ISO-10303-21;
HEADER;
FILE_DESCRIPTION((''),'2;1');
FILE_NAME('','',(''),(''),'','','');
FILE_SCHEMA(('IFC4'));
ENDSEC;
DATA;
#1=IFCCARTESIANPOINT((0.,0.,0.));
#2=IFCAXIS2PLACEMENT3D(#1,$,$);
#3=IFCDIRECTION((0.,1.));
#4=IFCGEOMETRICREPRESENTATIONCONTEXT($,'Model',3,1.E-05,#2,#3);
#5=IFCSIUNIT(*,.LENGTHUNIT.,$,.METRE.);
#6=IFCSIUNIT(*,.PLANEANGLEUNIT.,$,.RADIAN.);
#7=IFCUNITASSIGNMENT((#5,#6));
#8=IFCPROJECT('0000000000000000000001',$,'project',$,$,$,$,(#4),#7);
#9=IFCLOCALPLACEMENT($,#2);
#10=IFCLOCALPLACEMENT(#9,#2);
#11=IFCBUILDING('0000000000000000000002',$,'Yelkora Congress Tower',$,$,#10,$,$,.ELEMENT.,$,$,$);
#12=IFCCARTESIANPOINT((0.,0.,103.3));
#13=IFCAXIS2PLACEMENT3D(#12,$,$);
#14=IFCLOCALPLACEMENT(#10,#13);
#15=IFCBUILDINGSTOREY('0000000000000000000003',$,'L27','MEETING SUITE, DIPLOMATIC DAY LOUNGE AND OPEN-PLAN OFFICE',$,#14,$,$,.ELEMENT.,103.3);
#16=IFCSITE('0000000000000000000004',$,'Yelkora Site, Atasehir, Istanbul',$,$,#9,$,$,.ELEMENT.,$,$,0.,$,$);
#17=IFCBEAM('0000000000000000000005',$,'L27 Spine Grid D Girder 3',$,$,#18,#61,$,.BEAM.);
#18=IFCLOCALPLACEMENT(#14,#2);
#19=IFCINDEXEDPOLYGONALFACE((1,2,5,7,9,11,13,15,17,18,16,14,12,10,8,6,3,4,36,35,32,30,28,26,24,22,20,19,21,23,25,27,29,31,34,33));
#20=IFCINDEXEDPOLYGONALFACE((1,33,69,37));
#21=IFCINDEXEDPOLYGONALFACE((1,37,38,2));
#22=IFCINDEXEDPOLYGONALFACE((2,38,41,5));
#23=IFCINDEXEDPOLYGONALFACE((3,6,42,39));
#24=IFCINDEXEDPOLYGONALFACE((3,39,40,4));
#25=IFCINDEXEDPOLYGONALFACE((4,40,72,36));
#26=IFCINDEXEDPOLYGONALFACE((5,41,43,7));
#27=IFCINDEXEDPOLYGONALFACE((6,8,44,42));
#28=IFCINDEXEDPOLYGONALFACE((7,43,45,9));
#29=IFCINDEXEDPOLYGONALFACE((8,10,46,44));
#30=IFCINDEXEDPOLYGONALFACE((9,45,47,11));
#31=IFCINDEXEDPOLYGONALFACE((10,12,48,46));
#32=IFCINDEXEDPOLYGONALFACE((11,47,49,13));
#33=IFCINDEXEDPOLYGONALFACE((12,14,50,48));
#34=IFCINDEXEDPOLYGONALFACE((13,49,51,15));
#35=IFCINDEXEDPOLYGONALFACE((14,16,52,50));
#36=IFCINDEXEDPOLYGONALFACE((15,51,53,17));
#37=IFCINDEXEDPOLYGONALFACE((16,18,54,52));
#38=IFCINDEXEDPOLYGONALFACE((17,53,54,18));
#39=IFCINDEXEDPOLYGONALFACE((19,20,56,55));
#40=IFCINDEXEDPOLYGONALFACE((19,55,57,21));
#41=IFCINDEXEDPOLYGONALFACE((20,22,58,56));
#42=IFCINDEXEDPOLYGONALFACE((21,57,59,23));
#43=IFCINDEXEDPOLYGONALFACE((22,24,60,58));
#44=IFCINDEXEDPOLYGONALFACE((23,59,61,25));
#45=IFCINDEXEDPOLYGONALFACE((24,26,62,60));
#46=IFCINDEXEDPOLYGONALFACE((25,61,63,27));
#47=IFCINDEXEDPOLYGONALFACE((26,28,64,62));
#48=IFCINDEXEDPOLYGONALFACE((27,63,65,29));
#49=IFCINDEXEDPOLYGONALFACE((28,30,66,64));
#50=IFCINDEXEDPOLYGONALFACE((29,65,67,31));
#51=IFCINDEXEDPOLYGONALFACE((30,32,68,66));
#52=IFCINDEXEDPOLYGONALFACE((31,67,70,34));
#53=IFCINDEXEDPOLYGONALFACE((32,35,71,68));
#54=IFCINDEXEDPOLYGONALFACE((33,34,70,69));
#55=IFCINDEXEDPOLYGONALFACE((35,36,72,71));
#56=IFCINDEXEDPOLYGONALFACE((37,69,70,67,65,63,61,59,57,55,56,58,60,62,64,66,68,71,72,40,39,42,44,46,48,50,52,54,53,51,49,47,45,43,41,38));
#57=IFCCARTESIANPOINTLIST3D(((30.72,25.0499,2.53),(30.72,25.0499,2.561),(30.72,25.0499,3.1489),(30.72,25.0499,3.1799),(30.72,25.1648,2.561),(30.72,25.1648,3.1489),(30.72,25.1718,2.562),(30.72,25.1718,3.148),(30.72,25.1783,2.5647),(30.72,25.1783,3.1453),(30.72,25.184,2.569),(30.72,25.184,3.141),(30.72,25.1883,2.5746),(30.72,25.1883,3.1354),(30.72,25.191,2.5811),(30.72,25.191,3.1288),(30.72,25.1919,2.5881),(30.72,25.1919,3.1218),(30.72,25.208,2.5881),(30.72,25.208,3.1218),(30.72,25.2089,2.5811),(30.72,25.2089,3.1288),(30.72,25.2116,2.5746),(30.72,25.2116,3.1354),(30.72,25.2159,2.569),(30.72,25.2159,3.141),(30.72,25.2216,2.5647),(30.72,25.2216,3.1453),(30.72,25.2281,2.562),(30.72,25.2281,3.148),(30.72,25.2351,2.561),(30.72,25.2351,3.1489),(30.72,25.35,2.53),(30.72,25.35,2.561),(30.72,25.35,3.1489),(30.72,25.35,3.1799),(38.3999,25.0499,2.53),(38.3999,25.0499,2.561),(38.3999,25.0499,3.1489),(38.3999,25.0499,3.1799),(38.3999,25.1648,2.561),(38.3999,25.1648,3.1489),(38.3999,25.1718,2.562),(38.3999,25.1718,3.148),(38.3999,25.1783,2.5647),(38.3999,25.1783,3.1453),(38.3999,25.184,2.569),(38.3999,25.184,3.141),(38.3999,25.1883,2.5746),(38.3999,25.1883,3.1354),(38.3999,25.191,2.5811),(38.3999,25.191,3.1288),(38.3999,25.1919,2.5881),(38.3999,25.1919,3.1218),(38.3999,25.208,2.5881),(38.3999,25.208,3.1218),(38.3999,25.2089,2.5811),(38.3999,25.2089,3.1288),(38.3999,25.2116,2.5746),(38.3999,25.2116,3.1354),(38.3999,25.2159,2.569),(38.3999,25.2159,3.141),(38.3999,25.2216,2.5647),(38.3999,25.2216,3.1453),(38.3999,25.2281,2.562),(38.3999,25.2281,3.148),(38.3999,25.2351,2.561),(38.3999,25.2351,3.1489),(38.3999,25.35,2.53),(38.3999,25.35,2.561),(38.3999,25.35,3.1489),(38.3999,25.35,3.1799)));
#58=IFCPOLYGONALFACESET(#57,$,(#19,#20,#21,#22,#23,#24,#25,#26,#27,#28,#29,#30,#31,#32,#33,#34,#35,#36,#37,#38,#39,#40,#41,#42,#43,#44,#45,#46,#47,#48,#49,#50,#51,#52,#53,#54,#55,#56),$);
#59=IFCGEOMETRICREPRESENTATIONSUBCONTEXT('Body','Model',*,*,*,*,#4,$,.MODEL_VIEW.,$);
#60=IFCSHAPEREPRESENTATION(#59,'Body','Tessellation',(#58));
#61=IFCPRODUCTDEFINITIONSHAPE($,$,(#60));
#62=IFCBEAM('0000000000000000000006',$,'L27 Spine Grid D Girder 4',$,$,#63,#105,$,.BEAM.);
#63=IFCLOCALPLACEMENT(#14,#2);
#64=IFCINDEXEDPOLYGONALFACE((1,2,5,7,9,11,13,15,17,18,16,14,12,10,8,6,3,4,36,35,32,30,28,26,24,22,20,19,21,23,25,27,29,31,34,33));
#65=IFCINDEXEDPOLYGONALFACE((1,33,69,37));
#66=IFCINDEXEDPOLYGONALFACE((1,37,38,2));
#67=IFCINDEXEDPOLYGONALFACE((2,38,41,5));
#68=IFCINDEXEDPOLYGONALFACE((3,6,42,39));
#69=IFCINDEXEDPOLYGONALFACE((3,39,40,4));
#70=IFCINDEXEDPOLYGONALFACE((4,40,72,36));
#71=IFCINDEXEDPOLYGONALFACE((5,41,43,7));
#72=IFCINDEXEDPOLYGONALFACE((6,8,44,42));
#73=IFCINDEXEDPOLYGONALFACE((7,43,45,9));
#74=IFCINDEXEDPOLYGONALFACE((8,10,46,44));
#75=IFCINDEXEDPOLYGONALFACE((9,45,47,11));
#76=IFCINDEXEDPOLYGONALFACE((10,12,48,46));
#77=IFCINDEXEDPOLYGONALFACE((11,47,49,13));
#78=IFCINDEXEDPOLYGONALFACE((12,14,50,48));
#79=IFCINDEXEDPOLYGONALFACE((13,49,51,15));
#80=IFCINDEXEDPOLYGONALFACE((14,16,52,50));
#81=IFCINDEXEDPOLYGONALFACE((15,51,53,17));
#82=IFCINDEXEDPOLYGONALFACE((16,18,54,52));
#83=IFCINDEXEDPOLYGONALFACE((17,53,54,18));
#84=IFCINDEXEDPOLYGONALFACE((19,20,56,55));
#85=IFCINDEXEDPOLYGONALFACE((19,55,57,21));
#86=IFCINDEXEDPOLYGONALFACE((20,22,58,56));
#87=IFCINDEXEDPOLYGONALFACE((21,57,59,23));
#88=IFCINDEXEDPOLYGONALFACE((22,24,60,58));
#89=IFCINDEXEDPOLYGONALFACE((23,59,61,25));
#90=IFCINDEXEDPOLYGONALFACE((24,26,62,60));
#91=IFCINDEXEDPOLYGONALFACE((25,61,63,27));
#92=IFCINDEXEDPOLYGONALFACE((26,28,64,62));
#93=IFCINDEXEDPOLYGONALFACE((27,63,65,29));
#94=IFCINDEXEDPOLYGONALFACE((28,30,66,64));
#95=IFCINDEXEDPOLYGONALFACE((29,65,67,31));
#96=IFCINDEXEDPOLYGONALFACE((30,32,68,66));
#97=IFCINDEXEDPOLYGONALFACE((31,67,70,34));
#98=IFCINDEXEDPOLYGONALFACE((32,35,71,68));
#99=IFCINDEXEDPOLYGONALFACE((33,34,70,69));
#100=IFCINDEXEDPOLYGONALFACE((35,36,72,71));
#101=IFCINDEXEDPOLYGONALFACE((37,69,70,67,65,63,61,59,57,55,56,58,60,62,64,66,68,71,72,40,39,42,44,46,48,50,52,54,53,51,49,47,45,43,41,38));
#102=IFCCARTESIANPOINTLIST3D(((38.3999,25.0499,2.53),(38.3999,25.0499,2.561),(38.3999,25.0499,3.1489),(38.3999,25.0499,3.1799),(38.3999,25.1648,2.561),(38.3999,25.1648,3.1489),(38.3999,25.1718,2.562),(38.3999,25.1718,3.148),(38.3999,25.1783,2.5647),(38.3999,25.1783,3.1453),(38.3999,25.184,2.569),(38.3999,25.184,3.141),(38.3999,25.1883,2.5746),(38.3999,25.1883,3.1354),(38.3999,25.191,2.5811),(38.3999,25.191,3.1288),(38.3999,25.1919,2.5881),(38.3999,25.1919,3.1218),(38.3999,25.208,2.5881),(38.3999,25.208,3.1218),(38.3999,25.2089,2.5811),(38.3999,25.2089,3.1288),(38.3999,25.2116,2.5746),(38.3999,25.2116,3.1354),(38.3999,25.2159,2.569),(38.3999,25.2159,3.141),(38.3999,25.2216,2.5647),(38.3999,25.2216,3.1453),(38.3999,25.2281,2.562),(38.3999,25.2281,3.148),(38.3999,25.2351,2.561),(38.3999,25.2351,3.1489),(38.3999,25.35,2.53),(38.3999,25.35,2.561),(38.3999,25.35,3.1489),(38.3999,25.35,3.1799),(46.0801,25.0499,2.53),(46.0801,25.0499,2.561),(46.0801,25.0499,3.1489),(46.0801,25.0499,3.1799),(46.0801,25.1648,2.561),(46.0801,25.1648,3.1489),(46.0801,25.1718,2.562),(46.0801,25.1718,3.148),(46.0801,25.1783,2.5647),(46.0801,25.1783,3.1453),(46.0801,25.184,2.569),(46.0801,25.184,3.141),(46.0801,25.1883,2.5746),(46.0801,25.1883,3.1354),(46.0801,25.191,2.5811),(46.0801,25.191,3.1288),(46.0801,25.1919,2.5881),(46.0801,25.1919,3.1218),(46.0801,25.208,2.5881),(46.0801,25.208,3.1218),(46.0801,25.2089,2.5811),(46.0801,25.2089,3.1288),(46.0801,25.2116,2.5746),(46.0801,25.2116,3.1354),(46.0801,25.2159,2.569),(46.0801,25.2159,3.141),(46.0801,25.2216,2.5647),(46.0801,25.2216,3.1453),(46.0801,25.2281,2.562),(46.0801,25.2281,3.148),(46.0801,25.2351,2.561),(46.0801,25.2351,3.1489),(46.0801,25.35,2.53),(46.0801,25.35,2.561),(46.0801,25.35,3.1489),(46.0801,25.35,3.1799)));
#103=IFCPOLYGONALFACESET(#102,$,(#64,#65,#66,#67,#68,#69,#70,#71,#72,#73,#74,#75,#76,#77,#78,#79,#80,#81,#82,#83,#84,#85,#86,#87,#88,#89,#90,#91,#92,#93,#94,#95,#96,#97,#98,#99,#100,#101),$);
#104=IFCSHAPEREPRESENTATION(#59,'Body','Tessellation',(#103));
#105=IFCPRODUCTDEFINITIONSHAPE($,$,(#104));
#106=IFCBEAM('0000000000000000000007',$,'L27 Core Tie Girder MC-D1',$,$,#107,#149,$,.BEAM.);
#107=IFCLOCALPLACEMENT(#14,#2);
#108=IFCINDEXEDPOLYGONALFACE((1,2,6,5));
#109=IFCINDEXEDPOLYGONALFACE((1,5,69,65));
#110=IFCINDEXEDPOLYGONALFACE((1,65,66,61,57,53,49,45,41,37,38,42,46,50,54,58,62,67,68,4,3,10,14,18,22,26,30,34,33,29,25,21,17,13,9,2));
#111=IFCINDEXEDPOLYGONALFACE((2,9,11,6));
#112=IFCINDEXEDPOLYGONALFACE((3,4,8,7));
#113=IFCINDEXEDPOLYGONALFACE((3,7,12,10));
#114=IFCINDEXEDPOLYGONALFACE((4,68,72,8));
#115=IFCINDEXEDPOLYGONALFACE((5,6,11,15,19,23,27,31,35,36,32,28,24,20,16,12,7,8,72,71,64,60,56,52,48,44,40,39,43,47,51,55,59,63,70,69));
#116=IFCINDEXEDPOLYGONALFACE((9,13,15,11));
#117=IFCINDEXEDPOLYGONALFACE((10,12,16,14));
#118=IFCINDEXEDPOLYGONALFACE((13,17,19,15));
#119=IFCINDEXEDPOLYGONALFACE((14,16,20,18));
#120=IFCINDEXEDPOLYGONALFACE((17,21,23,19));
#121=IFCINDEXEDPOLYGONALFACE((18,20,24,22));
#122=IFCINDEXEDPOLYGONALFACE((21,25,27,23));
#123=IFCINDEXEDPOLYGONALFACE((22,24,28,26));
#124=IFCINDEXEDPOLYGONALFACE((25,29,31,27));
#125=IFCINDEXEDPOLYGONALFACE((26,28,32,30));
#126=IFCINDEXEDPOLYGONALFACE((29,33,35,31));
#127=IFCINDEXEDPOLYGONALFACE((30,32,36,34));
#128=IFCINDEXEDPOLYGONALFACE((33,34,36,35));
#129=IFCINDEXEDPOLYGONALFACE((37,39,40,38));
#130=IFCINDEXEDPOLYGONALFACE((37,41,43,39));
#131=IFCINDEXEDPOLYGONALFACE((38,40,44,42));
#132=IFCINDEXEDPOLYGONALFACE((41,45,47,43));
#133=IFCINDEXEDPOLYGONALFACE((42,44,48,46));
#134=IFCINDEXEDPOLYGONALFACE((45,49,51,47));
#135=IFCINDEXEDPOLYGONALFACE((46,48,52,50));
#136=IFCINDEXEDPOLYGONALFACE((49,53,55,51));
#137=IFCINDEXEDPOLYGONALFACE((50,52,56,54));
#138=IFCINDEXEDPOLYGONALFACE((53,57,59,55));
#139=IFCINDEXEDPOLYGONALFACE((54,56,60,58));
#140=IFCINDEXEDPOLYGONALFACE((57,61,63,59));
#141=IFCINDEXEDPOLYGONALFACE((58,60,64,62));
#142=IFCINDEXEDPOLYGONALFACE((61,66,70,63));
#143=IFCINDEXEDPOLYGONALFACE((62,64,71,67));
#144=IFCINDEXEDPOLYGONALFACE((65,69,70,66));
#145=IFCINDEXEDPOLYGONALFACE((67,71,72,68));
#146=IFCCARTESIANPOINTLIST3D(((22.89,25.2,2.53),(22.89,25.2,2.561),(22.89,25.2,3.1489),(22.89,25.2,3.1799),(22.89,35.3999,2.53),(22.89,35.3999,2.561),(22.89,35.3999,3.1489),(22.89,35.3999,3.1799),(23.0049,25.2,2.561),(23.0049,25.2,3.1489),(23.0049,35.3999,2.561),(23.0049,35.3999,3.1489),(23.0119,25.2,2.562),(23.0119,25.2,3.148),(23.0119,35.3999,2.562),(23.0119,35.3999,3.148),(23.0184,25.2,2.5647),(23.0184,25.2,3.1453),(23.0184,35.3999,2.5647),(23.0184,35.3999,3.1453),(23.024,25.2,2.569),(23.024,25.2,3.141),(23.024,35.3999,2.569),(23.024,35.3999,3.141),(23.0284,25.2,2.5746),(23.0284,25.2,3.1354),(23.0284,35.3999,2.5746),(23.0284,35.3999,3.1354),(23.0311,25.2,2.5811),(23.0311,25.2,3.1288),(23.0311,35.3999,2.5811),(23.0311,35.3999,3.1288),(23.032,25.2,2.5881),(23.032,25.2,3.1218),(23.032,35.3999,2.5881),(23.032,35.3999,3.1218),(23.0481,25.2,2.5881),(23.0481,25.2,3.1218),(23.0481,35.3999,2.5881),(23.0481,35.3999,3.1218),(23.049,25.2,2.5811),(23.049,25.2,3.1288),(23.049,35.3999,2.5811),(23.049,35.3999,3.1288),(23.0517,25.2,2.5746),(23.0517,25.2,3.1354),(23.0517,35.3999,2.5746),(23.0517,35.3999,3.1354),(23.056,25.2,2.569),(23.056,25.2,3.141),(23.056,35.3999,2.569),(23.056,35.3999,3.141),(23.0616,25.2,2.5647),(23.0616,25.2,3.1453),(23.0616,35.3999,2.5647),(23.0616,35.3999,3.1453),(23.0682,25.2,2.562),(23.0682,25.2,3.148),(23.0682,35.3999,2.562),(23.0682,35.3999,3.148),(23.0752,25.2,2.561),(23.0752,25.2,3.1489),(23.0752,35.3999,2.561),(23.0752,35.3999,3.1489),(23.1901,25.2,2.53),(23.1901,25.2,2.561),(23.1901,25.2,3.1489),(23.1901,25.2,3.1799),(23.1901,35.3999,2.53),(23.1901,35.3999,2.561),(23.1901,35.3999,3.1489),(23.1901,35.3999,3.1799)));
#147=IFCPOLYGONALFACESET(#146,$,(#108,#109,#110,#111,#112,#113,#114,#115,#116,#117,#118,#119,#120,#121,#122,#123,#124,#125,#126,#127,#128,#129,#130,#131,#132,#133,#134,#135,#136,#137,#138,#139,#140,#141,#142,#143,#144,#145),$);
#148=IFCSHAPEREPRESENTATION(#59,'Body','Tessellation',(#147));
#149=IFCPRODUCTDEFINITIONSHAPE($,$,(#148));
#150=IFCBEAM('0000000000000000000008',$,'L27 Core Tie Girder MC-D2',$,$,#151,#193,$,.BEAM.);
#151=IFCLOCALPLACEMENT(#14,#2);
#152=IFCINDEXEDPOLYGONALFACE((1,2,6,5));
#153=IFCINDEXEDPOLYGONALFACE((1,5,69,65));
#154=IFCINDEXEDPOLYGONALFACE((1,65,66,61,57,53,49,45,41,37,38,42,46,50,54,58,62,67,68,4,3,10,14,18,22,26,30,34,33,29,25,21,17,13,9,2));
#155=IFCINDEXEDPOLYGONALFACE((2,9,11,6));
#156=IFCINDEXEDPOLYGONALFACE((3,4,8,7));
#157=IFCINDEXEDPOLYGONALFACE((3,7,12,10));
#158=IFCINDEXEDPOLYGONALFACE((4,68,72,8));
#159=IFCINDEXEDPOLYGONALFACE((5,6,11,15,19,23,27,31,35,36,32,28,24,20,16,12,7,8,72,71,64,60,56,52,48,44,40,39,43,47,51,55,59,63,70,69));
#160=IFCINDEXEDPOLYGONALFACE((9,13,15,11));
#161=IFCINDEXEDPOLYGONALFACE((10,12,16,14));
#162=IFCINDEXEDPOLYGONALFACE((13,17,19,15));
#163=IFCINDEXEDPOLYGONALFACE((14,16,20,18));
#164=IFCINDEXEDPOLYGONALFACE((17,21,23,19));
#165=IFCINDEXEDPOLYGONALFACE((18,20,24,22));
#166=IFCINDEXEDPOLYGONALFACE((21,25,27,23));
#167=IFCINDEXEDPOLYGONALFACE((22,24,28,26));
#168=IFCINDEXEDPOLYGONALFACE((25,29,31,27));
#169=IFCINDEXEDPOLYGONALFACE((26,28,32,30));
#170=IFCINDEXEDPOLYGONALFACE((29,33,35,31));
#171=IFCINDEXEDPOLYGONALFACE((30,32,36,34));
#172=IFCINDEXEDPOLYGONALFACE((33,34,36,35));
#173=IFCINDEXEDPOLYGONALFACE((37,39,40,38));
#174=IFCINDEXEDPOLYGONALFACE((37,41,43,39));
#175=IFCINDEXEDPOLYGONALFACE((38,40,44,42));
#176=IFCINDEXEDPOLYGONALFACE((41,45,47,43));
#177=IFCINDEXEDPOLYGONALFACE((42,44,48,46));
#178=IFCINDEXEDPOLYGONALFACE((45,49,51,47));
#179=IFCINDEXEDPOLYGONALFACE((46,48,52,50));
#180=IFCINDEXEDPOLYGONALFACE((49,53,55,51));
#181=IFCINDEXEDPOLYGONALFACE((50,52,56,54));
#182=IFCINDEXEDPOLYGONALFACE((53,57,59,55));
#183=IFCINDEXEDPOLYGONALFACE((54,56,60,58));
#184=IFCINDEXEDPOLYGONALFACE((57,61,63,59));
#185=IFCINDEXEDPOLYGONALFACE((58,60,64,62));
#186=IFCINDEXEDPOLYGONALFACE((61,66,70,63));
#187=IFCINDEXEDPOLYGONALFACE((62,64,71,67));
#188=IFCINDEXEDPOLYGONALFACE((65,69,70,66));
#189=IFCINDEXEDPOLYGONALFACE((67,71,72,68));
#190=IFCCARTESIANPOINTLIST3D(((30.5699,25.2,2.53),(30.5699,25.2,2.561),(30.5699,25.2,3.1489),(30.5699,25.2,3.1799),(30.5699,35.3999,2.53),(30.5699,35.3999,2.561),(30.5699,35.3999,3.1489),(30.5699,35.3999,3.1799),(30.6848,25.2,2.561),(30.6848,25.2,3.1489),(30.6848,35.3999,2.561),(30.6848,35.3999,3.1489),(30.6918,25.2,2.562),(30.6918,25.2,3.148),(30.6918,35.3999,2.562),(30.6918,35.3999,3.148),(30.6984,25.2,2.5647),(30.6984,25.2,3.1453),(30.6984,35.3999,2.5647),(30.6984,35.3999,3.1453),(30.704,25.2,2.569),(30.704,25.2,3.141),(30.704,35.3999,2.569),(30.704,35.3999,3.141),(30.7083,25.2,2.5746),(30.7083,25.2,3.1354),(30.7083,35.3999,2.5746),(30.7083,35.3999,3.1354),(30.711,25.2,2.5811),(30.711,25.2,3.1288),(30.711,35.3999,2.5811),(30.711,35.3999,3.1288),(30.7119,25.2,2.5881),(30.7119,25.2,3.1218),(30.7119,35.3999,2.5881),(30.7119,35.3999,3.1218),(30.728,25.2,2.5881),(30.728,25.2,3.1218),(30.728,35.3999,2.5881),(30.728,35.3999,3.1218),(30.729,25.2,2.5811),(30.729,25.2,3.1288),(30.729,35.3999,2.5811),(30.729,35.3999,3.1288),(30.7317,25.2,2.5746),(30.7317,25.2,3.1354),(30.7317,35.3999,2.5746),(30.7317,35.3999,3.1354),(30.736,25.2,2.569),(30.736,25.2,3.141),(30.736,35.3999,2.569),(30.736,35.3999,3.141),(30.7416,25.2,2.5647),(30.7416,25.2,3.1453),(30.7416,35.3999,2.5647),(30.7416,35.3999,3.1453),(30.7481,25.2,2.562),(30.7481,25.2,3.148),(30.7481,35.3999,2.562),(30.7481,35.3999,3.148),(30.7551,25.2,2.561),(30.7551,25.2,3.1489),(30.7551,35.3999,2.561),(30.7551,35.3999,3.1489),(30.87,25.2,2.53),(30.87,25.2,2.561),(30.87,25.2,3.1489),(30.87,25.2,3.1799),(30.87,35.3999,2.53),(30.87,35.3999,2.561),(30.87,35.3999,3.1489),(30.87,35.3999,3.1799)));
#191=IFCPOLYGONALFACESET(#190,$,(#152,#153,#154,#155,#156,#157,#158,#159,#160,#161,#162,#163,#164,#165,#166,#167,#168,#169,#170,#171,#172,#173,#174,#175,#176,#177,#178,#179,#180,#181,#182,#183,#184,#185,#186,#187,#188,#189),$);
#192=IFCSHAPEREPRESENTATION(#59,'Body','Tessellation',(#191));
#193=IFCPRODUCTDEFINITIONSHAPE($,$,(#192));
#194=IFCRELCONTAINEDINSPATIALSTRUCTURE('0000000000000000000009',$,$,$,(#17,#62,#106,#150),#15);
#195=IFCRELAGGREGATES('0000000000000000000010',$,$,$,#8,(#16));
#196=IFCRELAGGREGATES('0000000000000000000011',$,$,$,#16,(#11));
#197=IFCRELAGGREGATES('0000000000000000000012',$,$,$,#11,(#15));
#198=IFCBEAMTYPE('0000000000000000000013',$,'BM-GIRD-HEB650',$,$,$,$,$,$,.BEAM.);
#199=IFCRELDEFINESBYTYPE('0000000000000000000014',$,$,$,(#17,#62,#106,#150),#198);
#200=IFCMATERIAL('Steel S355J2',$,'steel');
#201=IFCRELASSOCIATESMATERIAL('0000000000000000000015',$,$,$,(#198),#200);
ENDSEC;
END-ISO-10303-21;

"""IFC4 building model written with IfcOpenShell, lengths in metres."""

from ifc_helpers import new_model, si_unit, direction, frame, origin, origin_2d, place, context, subcontext, project, spatial, i_section, extrude, material, material_profile, profile_set, type_object, element, save


model = new_model("IFC4")

# Units and contexts
model_context = context("Model", 3, precision=1e-05, world=origin(), true_north=direction((0.0, 1.0)))
body_context = subcontext(model_context, "Body", "Model", "MODEL_VIEW")
ifc_project = project(units=[si_unit("LENGTHUNIT", "METRE"), si_unit("PLANEANGLEUNIT", "RADIAN")], contexts=[model_context])

# Site, building, storey
site_placement = place(None, origin())
site = spatial("IfcSite", under=ifc_project, at=site_placement, Name="Yelkora Site, Atasehir, Istanbul", CompositionType="ELEMENT", RefElevation=0.0)
building_placement = place(site_placement, origin())
building = spatial("IfcBuilding", under=site, at=building_placement, Name="Yelkora Congress Tower", CompositionType="ELEMENT")
storey_placement = place(building_placement, frame((0.0, 0.0, 103.3)))
storey = spatial("IfcBuildingStorey", under=building, at=storey_placement, Name="L27", Description="MEETING SUITE, DIPLOMATIC DAY LOUNGE AND OPEN-PLAN OFFICE", CompositionType="ELEMENT", Elevation=103.3)

# Beams
ifc_material_1 = material(Name="Steel S355J2", Category="steel")
ifc_material_profile_1 = material_profile(ifc_material_1, i_section(OverallWidth=0.3, OverallDepth=0.6499, WebThickness=0.0161, FlangeThickness=0.031, FilletRadius=0.0271, at=origin_2d()), Name="HEB 650")
ifc_profile_set_1 = profile_set([ifc_material_profile_1], Name="Steel S355J2")
beam_type_1 = type_object("IfcBeamType", Name="BM-GIRD-HEB650", PredefinedType="BEAM", material=ifc_profile_set_1)
for number, where, z_axis, x_axis, name in (
    (1, (30.72, 25.2, 2.855), (1.0, 0.0, 0.0), (0.0, 1.0, 0.0), "L27 Spine Grid D Girder 3"),
):
    element("IfcBeam", number, at=place(storey_placement, frame(where, z_axis=z_axis, x_axis=x_axis)), inside=storey, type_object=beam_type_1, Name=name, PredefinedType="BEAM", context=body_context, shape_type="SweptSolid", body=[
        extrude(i_section(OverallWidth=0.3, OverallDepth=0.6499, WebThickness=0.0161, FlangeThickness=0.031, FilletRadius=0.0271, at=origin_2d()), origin(), (0.0, 0.0, 1.0), 7.6799),
    ])
beam_1_placement = place(storey_placement, frame((38.3999, 25.2, 2.855), z_axis=(1.0, 0.0, 0.0), x_axis=(0.0, 1.0, 0.0)))
element("IfcBeam", 2, at=beam_1_placement, inside=storey, type_object=beam_type_1, Name="L27 Spine Grid D Girder 4", PredefinedType="BEAM", context=body_context, shape_type="SweptSolid", body=[
    extrude(i_section(OverallWidth=0.3, OverallDepth=0.6499, WebThickness=0.0161, FlangeThickness=0.031, FilletRadius=0.0271, at=origin_2d()), origin(), (0.0, 0.0, 1.0), 7.6802),
])
for number, where, z_axis, x_axis, name in (
    (3, (23.04, 25.2, 2.855), (0.0, 1.0, 0.0), (-1.0, 0.0, 0.0), "L27 Core Tie Girder MC-D1"),
    (4, (30.72, 25.2, 2.855), (0.0, 1.0, 0.0), (-1.0, 0.0, 0.0), "L27 Core Tie Girder MC-D2"),
):
    element("IfcBeam", number, at=place(storey_placement, frame(where, z_axis=z_axis, x_axis=x_axis)), inside=storey, type_object=beam_type_1, Name=name, PredefinedType="BEAM", context=body_context, shape_type="SweptSolid", body=[
        extrude(i_section(OverallWidth=0.3, OverallDepth=0.6499, WebThickness=0.0161, FlangeThickness=0.031, FilletRadius=0.0271, at=origin_2d()), origin(), (0.0, 0.0, 1.0), 10.2),
    ])

save(model, "model.ifc")
